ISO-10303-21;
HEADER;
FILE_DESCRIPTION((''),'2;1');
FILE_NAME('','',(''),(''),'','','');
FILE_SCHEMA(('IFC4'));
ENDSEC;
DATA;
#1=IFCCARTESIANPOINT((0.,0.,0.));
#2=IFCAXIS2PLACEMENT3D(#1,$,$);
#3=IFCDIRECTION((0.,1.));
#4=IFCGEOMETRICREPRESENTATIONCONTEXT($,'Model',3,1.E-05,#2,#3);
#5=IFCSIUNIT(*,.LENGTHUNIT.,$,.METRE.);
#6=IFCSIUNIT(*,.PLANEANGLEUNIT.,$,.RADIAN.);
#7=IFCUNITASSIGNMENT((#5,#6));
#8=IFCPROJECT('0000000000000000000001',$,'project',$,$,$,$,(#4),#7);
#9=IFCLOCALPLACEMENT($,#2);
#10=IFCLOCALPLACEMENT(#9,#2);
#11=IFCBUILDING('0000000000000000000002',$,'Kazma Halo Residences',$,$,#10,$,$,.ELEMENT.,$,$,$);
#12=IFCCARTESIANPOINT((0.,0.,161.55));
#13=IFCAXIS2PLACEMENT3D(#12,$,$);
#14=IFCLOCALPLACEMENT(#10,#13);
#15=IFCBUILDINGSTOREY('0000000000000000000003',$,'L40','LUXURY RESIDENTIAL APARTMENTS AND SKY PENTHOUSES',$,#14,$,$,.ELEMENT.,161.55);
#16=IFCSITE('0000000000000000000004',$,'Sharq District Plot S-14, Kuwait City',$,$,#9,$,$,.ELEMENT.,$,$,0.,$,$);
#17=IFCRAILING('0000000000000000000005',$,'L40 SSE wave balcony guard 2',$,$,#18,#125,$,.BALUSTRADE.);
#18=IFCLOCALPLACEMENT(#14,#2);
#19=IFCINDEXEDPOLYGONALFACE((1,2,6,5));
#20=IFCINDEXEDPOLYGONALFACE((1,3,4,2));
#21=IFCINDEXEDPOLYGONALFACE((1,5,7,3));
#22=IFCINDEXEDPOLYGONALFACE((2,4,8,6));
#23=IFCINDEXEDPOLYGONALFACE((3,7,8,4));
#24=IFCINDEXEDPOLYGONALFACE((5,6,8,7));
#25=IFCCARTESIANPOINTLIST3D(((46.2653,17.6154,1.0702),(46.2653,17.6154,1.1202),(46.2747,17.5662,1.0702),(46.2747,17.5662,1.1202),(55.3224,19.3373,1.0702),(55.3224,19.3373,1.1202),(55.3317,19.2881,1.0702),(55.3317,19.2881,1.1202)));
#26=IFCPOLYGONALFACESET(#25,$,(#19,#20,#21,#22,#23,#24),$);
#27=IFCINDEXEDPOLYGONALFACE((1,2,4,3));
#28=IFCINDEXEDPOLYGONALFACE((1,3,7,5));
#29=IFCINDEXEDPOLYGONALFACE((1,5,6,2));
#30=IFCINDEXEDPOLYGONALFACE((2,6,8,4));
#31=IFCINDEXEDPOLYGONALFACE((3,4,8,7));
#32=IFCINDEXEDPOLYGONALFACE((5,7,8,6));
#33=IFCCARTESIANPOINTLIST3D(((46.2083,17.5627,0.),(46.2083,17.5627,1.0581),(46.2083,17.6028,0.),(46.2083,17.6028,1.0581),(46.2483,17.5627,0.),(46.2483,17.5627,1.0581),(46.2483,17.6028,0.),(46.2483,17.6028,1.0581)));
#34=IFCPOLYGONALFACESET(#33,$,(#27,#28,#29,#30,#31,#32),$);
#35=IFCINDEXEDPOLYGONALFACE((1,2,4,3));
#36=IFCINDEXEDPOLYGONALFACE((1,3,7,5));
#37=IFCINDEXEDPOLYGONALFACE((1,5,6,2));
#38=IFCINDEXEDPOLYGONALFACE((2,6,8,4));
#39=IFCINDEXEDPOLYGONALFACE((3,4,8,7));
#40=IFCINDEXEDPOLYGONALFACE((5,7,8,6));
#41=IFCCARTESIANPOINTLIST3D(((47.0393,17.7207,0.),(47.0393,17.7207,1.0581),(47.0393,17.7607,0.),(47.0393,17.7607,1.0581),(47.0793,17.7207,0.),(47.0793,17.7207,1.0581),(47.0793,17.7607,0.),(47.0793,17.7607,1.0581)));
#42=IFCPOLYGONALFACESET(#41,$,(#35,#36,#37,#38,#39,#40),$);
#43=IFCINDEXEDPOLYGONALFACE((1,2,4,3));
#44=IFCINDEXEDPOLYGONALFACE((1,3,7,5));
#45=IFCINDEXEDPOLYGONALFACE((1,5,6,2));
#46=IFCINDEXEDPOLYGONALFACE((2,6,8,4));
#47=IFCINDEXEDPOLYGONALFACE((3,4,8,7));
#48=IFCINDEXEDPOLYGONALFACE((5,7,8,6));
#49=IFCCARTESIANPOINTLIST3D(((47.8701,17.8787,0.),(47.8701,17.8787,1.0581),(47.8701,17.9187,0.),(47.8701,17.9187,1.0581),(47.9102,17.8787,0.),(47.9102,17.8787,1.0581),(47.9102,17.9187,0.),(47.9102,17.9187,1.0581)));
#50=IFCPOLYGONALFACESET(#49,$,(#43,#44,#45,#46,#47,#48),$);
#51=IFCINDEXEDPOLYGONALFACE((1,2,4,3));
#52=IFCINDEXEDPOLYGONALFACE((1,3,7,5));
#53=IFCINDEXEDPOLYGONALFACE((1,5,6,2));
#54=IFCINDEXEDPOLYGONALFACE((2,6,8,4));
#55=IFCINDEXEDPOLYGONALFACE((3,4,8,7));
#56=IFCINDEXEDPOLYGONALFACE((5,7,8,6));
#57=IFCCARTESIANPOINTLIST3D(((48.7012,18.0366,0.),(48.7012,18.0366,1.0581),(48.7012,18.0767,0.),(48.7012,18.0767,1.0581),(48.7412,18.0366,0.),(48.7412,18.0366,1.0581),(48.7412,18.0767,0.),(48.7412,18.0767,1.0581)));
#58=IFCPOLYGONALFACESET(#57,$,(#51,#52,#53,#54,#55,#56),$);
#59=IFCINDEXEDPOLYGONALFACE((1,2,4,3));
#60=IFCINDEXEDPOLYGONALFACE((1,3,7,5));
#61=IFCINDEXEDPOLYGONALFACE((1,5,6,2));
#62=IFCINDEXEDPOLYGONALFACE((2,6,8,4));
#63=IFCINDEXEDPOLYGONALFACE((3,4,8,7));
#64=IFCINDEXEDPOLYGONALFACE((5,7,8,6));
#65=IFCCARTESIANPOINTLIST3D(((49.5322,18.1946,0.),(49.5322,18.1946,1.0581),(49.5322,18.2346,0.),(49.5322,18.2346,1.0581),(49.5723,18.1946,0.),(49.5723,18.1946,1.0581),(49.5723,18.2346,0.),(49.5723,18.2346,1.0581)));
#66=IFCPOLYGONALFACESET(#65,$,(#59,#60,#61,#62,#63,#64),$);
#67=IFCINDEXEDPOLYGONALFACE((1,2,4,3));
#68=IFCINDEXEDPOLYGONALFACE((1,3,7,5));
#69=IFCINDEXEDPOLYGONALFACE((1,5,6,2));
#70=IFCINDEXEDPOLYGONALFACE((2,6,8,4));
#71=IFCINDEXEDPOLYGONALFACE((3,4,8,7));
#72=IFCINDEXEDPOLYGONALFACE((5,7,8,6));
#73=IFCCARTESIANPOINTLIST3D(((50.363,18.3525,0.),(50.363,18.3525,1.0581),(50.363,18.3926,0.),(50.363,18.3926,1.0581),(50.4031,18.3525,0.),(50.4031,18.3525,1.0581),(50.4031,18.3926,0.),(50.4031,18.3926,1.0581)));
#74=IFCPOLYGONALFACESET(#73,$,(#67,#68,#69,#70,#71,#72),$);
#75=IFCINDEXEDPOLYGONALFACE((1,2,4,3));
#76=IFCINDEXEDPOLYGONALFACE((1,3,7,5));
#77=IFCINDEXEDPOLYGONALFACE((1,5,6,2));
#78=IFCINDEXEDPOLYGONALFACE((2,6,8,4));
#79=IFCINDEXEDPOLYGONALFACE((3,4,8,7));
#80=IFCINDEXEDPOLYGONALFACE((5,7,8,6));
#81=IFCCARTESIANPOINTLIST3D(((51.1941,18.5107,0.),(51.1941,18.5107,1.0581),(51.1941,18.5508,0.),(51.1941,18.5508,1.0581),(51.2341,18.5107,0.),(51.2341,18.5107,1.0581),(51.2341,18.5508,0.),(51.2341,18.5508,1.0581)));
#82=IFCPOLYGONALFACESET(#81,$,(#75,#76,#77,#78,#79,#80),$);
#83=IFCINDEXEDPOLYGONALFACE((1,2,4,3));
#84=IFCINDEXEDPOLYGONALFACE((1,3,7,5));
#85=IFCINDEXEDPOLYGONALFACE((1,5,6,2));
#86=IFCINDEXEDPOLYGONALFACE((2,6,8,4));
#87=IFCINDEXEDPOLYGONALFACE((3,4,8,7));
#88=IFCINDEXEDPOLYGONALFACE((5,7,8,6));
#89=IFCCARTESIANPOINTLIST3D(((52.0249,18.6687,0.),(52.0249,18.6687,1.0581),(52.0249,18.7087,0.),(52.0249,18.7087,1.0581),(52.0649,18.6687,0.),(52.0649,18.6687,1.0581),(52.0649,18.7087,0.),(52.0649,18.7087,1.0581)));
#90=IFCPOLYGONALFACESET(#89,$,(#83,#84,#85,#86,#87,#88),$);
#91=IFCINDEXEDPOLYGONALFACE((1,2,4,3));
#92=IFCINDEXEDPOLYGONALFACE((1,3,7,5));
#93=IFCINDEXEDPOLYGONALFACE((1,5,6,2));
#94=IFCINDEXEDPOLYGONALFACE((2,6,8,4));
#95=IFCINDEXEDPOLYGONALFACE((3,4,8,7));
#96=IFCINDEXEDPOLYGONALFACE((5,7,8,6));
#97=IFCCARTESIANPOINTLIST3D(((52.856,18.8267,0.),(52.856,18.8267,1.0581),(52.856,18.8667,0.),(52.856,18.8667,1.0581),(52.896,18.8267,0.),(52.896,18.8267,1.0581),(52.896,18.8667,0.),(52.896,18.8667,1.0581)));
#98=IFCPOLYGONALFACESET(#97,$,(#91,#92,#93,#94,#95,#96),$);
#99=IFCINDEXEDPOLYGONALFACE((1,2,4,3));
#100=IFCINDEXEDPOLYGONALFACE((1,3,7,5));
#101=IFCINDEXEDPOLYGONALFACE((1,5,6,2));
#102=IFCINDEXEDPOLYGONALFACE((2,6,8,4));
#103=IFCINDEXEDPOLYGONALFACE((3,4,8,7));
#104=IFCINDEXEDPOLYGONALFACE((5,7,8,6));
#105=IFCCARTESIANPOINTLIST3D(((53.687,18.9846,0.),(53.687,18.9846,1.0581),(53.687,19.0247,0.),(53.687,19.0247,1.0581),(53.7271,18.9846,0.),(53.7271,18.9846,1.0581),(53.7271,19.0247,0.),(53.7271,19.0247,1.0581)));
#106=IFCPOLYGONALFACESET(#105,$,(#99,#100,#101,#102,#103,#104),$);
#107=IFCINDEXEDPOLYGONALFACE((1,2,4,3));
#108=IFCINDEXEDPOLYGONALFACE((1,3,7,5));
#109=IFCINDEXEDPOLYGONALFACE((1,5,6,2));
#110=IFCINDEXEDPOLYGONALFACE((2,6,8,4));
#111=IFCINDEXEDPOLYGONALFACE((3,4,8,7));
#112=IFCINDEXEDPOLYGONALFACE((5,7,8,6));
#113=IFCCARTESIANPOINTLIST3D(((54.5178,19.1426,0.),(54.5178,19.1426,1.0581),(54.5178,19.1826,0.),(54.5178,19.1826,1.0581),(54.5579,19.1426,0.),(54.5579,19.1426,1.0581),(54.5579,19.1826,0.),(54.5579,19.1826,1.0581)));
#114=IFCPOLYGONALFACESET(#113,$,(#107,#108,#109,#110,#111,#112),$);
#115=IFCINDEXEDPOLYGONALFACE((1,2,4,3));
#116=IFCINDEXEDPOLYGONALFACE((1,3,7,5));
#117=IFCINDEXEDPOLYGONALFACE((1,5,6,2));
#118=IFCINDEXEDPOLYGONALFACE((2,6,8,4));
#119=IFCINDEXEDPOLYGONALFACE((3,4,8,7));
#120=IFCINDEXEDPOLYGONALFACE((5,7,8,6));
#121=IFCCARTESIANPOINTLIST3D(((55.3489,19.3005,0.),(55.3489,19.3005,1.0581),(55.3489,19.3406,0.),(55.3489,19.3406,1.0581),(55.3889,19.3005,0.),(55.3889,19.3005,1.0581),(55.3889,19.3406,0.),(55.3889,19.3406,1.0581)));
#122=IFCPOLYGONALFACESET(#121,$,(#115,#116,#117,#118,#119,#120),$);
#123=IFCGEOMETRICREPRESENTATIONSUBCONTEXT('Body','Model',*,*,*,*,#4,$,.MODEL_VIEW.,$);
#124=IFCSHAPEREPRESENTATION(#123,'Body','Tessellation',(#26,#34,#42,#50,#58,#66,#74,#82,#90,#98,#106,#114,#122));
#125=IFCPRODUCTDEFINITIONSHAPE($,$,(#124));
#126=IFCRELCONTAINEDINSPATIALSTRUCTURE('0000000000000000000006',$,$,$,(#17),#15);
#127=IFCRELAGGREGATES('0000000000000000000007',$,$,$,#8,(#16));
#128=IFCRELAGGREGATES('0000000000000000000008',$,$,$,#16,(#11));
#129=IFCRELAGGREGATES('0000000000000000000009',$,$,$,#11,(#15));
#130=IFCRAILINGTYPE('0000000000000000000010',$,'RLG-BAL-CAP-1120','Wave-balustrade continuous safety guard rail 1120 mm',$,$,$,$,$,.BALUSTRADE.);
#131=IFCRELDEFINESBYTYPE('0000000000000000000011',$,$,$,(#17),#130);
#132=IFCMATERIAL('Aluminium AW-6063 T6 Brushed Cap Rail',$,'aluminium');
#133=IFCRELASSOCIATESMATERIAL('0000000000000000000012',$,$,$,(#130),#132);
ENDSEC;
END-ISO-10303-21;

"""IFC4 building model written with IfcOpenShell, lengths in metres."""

from ifc_helpers import new_model, si_unit, direction, frame, origin, origin_2d, place, context, subcontext, project, spatial, rectangle, extrude, material, type_object, element, save


model = new_model("IFC4")

# Units and contexts
model_context = context("Model", 3, precision=1e-05, world=origin(), true_north=direction((0.0, 1.0)))
body_context = subcontext(model_context, "Body", "Model", "MODEL_VIEW")
ifc_project = project(units=[si_unit("LENGTHUNIT", "METRE"), si_unit("PLANEANGLEUNIT", "RADIAN")], contexts=[model_context])

# Site, building, storey
site_placement = place(None, origin())
site = spatial("IfcSite", under=ifc_project, at=site_placement, Name="Sharq District Plot S-14, Kuwait City", CompositionType="ELEMENT", RefElevation=0.0)
building_placement = place(site_placement, origin())
building = spatial("IfcBuilding", under=site, at=building_placement, Name="Kazma Halo Residences", CompositionType="ELEMENT")
storey_placement = place(building_placement, frame((0.0, 0.0, 161.55)))
storey = spatial("IfcBuildingStorey", under=building, at=storey_placement, Name="L40", Description="LUXURY RESIDENTIAL APARTMENTS AND SKY PENTHOUSES", CompositionType="ELEMENT", Elevation=161.55)

# Railing
ifc_material_1 = material(Name="Aluminium AW-6063 T6 Brushed Cap Rail", Category="aluminium")
railing_type = type_object("IfcRailingType", Name="RLG-BAL-CAP-1120", Description="Wave-balustrade continuous safety guard rail 1120 mm", PredefinedType="BALUSTRADE", material=ifc_material_1)
railing_1_placement = place(storey_placement, frame((46.2283, 17.5828, 0.0)))
element("IfcRailing", 1, at=railing_1_placement, inside=storey, type_object=railing_type, Name="L40 SSE wave balcony guard 2", PredefinedType="BALUSTRADE", context=body_context, shape_type="SweptSolid", body=[
    extrude(rectangle(XDim=0.05, YDim=0.05, at=origin_2d()), frame((0.0417, 0.0081, 1.0952), z_axis=(0.982403, 0.186772, 0.0), x_axis=(-0.186772, 0.982403, 0.0)), (0.0, 0.0, 1.0), 9.2192),
    extrude(rectangle(XDim=0.04, YDim=0.04, at=origin_2d()), origin(), (0.0, 0.0, 1.0), 1.0581),
    extrude(rectangle(XDim=0.04, YDim=0.04, at=origin_2d()), frame((0.8311, 0.158, 0.0)), (0.0, 0.0, 1.0), 1.0581),
    extrude(rectangle(XDim=0.04, YDim=0.04, at=origin_2d()), frame((1.6619, 0.3159, 0.0)), (0.0, 0.0, 1.0), 1.0581),
    extrude(rectangle(XDim=0.04, YDim=0.04, at=origin_2d()), frame((2.4929, 0.4739, 0.0)), (0.0, 0.0, 1.0), 1.0581),
    extrude(rectangle(XDim=0.04, YDim=0.04, at=origin_2d()), frame((3.324, 0.6318, 0.0)), (0.0, 0.0, 1.0), 1.0581),
    extrude(rectangle(XDim=0.04, YDim=0.04, at=origin_2d()), frame((4.1548, 0.7898, 0.0)), (0.0, 0.0, 1.0), 1.0581),
    extrude(rectangle(XDim=0.04, YDim=0.04, at=origin_2d()), frame((4.9858, 0.948, 0.0)), (0.0, 0.0, 1.0), 1.0581),
    extrude(rectangle(XDim=0.04, YDim=0.04, at=origin_2d()), frame((5.8167, 1.106, 0.0)), (0.0, 0.0, 1.0), 1.0581),
    extrude(rectangle(XDim=0.04, YDim=0.04, at=origin_2d()), frame((6.6477, 1.2639, 0.0)), (0.0, 0.0, 1.0), 1.0581),
    extrude(rectangle(XDim=0.04, YDim=0.04, at=origin_2d()), frame((7.4788, 1.4219, 0.0)), (0.0, 0.0, 1.0), 1.0581),
    extrude(rectangle(XDim=0.04, YDim=0.04, at=origin_2d()), frame((8.3096, 1.5798, 0.0)), (0.0, 0.0, 1.0), 1.0581),
    extrude(rectangle(XDim=0.04, YDim=0.04, at=origin_2d()), frame((9.1406, 1.7378, 0.0)), (0.0, 0.0, 1.0), 1.0581),
])

save(model, "model.ifc")
